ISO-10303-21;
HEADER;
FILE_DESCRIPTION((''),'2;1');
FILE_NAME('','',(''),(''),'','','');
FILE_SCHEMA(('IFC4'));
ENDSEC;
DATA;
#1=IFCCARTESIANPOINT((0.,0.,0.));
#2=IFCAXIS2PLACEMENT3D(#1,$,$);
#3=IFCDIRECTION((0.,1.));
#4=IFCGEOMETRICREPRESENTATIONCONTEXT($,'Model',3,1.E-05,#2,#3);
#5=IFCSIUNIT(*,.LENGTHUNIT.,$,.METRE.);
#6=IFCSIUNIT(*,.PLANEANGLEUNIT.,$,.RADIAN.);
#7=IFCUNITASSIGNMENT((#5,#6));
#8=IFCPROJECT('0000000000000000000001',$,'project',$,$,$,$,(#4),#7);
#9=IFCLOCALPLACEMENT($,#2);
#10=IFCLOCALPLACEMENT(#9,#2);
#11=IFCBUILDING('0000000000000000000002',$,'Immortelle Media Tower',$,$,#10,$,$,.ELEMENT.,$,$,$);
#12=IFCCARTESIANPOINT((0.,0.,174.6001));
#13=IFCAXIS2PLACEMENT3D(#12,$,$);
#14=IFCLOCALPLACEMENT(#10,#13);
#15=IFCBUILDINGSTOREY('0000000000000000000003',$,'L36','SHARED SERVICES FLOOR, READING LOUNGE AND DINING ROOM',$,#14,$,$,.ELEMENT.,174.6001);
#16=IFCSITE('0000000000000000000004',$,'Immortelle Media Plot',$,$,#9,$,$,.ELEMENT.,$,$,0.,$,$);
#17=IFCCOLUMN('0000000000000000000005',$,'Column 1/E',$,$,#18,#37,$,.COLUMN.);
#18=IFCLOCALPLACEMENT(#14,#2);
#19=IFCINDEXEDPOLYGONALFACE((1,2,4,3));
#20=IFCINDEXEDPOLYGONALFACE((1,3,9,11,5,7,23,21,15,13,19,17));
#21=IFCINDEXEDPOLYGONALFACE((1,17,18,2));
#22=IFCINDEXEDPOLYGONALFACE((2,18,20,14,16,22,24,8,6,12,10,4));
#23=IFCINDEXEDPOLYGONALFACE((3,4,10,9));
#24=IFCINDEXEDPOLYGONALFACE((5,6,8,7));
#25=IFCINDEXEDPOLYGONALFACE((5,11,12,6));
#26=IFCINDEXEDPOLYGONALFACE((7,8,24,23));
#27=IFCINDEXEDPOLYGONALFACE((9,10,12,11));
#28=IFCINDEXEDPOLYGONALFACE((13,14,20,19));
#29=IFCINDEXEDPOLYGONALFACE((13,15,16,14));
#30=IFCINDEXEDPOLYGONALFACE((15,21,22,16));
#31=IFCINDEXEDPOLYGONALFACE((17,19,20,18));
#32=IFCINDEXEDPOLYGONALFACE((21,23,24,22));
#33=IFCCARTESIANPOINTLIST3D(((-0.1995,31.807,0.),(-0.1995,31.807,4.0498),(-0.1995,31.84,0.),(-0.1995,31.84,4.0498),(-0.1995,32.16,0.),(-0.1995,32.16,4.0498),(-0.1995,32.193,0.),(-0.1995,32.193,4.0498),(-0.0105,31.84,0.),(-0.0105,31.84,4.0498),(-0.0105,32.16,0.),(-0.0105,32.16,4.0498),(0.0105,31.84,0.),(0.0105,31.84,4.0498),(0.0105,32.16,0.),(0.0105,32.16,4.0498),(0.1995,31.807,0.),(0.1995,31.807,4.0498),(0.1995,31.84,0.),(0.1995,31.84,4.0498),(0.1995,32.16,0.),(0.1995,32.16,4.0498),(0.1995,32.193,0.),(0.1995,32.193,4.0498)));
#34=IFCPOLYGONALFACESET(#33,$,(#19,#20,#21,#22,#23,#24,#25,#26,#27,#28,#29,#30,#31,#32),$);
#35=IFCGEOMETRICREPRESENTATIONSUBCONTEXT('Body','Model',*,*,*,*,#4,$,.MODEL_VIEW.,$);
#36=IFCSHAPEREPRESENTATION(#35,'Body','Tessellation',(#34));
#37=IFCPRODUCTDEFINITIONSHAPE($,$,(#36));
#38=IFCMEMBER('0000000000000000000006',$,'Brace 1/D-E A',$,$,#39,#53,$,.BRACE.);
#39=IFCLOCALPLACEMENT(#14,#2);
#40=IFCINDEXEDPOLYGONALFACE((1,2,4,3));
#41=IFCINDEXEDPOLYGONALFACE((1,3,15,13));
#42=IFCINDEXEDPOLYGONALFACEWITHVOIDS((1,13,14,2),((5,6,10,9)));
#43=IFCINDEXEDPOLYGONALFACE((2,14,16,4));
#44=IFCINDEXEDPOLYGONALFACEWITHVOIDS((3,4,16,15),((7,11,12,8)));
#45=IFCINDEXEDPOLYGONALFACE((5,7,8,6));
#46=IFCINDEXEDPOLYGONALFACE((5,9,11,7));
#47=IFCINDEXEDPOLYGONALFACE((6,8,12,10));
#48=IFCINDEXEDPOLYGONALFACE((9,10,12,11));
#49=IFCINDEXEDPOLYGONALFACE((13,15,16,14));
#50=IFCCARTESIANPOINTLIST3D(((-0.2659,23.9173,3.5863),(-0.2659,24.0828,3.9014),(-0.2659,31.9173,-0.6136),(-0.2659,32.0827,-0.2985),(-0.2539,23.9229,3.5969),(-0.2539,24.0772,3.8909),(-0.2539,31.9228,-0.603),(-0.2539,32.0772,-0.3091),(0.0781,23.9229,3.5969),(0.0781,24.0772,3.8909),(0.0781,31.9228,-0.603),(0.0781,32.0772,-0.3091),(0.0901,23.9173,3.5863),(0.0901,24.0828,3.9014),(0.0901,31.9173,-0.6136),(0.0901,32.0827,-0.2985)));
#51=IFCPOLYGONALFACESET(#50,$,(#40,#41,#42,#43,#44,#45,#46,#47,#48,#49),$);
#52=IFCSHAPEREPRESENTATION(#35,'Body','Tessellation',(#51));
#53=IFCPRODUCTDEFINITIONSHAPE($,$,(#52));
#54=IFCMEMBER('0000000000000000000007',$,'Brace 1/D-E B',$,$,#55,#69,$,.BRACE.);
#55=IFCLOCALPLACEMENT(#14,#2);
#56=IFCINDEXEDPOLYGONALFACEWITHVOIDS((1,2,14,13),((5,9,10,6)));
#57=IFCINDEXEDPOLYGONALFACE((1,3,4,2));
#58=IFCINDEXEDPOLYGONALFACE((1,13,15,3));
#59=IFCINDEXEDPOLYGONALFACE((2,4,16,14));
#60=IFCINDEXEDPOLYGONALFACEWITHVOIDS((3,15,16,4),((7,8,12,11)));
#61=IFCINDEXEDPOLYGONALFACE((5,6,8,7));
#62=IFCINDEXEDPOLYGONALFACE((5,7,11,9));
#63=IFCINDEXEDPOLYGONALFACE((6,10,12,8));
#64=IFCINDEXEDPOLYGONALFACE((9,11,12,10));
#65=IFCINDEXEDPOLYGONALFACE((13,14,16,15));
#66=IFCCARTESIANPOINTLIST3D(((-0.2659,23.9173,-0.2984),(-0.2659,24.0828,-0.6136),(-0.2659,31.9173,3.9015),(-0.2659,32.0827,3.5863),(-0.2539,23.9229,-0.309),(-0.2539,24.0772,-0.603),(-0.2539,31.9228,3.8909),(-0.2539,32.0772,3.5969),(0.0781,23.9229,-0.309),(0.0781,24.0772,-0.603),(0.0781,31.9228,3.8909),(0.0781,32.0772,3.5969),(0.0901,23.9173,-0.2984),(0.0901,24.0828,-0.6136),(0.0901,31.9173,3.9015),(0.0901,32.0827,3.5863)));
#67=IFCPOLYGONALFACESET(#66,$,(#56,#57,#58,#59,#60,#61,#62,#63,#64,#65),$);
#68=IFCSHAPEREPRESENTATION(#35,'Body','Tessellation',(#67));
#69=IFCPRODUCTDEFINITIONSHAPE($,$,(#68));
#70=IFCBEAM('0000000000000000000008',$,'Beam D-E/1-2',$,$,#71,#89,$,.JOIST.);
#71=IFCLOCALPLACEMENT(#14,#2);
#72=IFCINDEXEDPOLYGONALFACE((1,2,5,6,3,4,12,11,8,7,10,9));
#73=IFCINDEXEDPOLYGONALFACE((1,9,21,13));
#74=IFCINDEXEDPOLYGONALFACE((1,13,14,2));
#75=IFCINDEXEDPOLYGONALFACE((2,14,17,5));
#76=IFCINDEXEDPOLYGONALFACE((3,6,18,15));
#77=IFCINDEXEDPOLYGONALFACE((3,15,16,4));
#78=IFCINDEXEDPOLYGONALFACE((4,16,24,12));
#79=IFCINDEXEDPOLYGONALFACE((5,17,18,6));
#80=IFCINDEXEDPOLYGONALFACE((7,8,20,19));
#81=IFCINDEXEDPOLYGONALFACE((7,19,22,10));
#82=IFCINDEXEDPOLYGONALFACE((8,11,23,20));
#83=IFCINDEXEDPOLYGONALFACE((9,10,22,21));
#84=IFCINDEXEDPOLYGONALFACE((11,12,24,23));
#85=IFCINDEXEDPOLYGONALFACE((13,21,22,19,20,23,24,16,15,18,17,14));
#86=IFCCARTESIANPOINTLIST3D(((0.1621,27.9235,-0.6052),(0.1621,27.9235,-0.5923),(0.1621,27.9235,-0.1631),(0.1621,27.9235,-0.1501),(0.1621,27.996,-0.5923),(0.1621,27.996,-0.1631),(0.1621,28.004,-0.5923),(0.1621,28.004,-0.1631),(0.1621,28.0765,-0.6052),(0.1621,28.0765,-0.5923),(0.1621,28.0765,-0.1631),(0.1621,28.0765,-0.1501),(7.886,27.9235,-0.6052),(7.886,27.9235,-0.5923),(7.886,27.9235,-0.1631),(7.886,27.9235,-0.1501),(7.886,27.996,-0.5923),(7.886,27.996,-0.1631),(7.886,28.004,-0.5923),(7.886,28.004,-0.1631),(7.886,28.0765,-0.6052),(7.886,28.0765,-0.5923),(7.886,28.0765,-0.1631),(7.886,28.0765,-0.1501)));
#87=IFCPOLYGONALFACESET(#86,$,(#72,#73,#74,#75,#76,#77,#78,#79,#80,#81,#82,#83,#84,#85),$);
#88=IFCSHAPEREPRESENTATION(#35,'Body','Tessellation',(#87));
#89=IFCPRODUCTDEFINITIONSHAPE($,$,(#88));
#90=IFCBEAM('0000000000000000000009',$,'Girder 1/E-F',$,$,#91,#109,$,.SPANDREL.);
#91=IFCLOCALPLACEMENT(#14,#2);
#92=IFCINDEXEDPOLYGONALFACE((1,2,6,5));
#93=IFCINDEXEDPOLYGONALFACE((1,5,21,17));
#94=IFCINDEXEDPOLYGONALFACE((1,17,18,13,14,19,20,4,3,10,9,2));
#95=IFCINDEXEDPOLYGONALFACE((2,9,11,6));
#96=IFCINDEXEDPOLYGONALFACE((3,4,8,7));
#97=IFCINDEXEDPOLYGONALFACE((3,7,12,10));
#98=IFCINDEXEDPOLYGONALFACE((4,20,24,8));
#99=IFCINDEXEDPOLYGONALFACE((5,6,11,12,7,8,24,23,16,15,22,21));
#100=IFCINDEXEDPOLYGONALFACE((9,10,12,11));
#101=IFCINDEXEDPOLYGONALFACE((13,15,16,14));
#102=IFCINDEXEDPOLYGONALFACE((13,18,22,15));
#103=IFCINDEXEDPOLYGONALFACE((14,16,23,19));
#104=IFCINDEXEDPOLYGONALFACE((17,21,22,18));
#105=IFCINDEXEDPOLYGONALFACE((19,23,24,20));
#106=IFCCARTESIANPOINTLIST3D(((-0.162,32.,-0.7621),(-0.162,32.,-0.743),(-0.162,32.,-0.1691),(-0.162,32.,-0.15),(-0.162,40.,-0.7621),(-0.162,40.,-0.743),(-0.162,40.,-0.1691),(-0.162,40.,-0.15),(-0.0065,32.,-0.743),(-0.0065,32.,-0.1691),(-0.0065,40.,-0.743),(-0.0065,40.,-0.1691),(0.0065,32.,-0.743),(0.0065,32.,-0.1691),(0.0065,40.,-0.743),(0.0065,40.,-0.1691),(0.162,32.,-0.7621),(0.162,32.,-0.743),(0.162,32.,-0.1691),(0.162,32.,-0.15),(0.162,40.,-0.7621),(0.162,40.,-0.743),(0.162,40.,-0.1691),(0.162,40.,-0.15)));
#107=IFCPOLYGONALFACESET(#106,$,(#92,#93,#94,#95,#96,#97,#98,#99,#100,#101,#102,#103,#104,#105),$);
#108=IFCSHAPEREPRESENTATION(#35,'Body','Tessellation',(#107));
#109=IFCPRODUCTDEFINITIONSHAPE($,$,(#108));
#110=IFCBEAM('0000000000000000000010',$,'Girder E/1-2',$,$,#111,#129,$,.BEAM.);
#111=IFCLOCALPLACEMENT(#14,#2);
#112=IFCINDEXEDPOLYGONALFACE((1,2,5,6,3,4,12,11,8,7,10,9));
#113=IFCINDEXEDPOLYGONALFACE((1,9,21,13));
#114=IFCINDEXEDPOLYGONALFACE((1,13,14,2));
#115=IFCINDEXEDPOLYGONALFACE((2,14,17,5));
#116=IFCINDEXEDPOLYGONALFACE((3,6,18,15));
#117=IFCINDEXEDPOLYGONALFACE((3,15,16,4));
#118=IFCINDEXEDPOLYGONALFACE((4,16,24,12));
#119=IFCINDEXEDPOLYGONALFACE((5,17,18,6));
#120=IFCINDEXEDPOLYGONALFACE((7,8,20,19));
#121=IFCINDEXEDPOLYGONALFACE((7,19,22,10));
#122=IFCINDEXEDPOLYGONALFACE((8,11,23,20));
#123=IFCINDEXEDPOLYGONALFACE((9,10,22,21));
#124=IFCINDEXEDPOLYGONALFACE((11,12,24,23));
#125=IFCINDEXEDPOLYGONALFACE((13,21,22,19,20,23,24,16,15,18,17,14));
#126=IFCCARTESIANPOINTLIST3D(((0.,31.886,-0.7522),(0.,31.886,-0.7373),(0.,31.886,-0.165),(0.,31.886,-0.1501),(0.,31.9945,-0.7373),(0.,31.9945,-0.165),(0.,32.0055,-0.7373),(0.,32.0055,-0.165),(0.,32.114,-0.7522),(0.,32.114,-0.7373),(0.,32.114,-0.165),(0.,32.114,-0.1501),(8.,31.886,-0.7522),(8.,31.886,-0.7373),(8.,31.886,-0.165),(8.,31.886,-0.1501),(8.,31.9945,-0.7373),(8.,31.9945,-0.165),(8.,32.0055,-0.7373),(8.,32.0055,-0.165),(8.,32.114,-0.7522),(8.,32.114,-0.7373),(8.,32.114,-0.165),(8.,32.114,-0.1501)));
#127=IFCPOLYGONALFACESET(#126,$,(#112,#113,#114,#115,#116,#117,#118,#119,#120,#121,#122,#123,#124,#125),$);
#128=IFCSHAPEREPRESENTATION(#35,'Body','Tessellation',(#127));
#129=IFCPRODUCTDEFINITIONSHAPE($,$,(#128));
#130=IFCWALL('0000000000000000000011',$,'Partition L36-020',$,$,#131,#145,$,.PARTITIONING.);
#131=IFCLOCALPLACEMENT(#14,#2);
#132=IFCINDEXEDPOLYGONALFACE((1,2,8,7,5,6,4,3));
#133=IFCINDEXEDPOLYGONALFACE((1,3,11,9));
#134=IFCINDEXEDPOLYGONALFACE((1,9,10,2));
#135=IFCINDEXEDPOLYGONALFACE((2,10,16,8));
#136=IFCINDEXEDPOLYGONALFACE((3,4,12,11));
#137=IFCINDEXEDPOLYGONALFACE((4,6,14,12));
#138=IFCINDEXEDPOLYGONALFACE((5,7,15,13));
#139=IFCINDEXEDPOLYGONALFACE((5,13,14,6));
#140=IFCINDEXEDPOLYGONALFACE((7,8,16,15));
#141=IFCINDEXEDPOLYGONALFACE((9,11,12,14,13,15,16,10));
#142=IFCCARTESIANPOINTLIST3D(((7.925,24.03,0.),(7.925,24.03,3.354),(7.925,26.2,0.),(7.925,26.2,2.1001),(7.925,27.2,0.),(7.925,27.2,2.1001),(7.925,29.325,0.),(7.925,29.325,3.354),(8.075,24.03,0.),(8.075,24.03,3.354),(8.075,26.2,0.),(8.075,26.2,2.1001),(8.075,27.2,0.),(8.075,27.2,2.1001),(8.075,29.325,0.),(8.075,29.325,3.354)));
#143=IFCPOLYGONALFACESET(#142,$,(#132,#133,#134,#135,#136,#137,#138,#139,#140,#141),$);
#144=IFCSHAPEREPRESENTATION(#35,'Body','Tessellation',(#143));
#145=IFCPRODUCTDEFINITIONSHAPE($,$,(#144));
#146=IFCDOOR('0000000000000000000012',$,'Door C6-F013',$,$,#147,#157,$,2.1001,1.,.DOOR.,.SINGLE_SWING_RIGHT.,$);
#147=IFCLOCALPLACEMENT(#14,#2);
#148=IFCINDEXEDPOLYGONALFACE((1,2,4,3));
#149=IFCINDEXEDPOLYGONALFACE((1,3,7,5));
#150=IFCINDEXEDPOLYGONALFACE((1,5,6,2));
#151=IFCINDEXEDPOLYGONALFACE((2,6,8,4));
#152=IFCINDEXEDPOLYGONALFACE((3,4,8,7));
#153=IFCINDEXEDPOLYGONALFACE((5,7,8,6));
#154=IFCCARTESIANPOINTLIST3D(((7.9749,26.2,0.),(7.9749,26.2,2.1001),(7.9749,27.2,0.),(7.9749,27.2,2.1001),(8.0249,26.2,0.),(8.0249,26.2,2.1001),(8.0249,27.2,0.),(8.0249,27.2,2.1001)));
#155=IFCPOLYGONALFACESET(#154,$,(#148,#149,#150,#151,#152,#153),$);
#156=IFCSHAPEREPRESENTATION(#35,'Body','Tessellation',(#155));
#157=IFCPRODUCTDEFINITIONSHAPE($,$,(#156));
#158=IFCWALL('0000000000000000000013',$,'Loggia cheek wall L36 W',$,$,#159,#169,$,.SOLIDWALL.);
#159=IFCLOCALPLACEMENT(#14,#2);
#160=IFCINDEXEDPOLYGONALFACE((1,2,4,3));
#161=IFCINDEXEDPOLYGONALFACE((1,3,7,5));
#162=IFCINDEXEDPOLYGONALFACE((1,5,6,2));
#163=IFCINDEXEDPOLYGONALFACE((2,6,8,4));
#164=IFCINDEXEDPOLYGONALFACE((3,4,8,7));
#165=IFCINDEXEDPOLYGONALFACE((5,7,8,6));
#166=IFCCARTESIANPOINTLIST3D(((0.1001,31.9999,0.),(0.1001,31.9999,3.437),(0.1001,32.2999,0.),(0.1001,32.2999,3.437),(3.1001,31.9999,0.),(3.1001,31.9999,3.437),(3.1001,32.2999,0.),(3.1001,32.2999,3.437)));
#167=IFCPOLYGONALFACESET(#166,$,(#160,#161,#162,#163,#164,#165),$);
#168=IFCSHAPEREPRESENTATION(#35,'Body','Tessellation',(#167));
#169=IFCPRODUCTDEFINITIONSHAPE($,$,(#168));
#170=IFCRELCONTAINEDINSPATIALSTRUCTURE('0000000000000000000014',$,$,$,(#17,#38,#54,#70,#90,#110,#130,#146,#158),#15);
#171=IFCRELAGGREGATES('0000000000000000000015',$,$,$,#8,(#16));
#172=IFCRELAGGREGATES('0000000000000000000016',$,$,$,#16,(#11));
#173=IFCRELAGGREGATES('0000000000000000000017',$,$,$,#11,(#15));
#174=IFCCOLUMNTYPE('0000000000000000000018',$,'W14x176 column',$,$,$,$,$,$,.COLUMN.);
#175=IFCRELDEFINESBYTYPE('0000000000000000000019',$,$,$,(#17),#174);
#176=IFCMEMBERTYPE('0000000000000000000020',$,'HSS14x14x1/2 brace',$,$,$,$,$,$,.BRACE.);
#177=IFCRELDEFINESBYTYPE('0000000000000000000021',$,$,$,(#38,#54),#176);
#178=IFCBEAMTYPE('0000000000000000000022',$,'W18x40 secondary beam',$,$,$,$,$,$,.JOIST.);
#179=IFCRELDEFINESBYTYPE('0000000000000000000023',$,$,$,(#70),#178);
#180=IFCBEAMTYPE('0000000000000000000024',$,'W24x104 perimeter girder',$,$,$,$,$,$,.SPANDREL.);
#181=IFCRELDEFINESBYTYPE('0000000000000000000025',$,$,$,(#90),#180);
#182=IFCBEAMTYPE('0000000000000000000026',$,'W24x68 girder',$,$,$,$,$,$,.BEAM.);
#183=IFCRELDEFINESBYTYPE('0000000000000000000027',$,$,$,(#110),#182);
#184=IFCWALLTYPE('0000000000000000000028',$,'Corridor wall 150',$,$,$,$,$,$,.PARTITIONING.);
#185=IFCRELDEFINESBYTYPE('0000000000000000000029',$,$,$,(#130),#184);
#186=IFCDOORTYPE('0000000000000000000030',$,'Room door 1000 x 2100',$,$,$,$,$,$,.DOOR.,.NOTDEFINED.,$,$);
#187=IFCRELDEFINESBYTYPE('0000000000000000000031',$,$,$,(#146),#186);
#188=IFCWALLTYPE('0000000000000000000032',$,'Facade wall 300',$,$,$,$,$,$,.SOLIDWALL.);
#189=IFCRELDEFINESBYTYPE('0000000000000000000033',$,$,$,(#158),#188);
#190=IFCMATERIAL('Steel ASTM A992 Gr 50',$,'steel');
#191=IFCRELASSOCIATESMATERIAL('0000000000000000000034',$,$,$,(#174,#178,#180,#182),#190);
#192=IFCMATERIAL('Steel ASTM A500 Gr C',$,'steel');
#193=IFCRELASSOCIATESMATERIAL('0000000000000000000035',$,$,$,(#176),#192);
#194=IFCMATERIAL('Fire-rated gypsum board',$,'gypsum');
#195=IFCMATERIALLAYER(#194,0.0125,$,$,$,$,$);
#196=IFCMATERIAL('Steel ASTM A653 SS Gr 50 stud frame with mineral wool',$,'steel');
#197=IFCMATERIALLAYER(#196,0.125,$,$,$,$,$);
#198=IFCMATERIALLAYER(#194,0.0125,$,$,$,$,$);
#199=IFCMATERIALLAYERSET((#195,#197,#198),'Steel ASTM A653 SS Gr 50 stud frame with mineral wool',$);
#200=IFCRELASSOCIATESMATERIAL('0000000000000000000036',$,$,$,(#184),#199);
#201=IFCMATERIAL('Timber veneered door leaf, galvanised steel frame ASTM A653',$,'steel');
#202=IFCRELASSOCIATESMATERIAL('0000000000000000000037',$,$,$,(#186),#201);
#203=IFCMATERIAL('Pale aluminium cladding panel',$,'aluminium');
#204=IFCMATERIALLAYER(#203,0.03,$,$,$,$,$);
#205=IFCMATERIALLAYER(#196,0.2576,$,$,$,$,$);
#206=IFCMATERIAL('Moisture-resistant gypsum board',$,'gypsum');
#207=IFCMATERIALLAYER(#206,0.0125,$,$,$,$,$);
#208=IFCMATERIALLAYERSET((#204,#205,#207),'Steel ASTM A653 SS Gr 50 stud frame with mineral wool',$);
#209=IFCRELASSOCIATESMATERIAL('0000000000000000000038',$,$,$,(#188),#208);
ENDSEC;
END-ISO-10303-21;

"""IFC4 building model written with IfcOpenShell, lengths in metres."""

from ifc_helpers import new_model, si_unit, direction, frame, frame_2d, origin, origin_2d, place, context, subcontext, project, spatial, rectangle, hollow_rectangle, i_section, extrude, material, layer, layer_set, material_profile, profile_set, type_object, element, fill, save


model = new_model("IFC4")

# Units and contexts
model_context = context("Model", 3, precision=1e-05, world=origin(), true_north=direction((0.0, 1.0)))
body_context = subcontext(model_context, "Body", "Model", "MODEL_VIEW")
ifc_project = project(units=[si_unit("LENGTHUNIT", "METRE"), si_unit("PLANEANGLEUNIT", "RADIAN")], contexts=[model_context])

# Site, building, storey
site_placement = place(None, origin())
site = spatial("IfcSite", under=ifc_project, at=site_placement, Name="Immortelle Media Plot", CompositionType="ELEMENT", RefElevation=0.0)
building_placement = place(site_placement, origin())
building = spatial("IfcBuilding", under=site, at=building_placement, Name="Immortelle Media Tower", CompositionType="ELEMENT")
storey_placement = place(building_placement, frame((0.0, 0.0, 174.6001)))
storey = spatial("IfcBuildingStorey", under=building, at=storey_placement, Name="L36", Description="SHARED SERVICES FLOOR, READING LOUNGE AND DINING ROOM", CompositionType="ELEMENT", Elevation=174.6001)

# Column
ifc_material_1 = material(Name="Steel ASTM A992 Gr 50", Category="steel")
ifc_material_profile_1 = material_profile(ifc_material_1, i_section(OverallWidth=0.3989, OverallDepth=0.386, WebThickness=0.021, FlangeThickness=0.033, at=origin_2d()), Name="W14x176")
ifc_profile_set_1 = profile_set([ifc_material_profile_1], Name="Steel ASTM A992 Gr 50")
column_type = type_object("IfcColumnType", Name="W14x176 column", PredefinedType="COLUMN", material=ifc_profile_set_1)
column_placement = place(storey_placement, frame((0.0, 32.0, 0.0), z_axis=(0.0, 0.0, 1.0), x_axis=(1.0, 0.0, 0.0)))
element("IfcColumn", 1, at=column_placement, inside=storey, type_object=column_type, Name="Column 1/E", PredefinedType="COLUMN", context=body_context, shape_type="SweptSolid", body=[
    extrude(i_section(OverallWidth=0.3989, OverallDepth=0.386, WebThickness=0.021, FlangeThickness=0.033, at=origin_2d()), origin(), (0.0, 0.0, 1.0), 4.0498),
])

# Members
ifc_material_2 = material(Name="Steel ASTM A500 Gr C", Category="steel")
ifc_material_profile_2 = material_profile(ifc_material_2, hollow_rectangle(XDim=0.356, YDim=0.356, WallThickness=0.012, at=origin_2d()), Name="HSS14x14x1/2 brace")
ifc_profile_set_2 = profile_set([ifc_material_profile_2], Name="Steel ASTM A500 Gr C")
member_type = type_object("IfcMemberType", Name="HSS14x14x1/2 brace", PredefinedType="BRACE", material=ifc_profile_set_2)
for number, where, z_axis, x_axis, name in (
    (2, (-0.0879, 32.0, -0.4561), (0.0, -0.8854, 0.46483), (1.0, 0.0, 0.0), "Brace 1/D-E A"),
    (3, (-0.0879, 32.0, 3.7439), (0.0, -0.8854, -0.46483), (1.0, 0.0, 0.0), "Brace 1/D-E B"),
):
    element("IfcMember", number, at=place(storey_placement, frame(where, z_axis=z_axis, x_axis=x_axis)), inside=storey, type_object=member_type, Name=name, PredefinedType="BRACE", context=body_context, shape_type="SweptSolid", body=[
        extrude(hollow_rectangle(XDim=0.356, YDim=0.356, WallThickness=0.012, at=origin_2d()), origin(), (0.0, 0.0, 1.0), 9.0354),
    ])

# Beams
ifc_material_profile_3 = material_profile(ifc_material_1, i_section(OverallWidth=0.1531, OverallDepth=0.4551, WebThickness=0.0081, FlangeThickness=0.0129, at=origin_2d()), Name="W18x40")
ifc_profile_set_3 = profile_set([ifc_material_profile_3], Name="Steel ASTM A992 Gr 50")
beam_type_1 = type_object("IfcBeamType", Name="W18x40 secondary beam", PredefinedType="JOIST", material=ifc_profile_set_3)
beam_1_placement = place(storey_placement, frame((0.1621, 28.0, -0.3777), z_axis=(1.0, 0.0, 0.0), x_axis=(0.0, 1.0, 0.0)))
element("IfcBeam", 4, at=beam_1_placement, inside=storey, type_object=beam_type_1, Name="Beam D-E/1-2", PredefinedType="JOIST", context=body_context, shape_type="SweptSolid", body=[
    extrude(i_section(OverallWidth=0.1531, OverallDepth=0.4551, WebThickness=0.0081, FlangeThickness=0.0129, at=origin_2d()), origin(), (0.0, 0.0, 1.0), 7.7239),
])
ifc_material_profile_4 = material_profile(ifc_material_1, i_section(OverallWidth=0.324, OverallDepth=0.6121, WebThickness=0.0129, FlangeThickness=0.019, at=origin_2d()), Name="W24x104")
ifc_profile_set_4 = profile_set([ifc_material_profile_4], Name="Steel ASTM A992 Gr 50")
beam_type_2 = type_object("IfcBeamType", Name="W24x104 perimeter girder", PredefinedType="SPANDREL", material=ifc_profile_set_4)
beam_2_placement = place(storey_placement, frame((0.0, 32.0, -0.4561), z_axis=(0.0, 1.0, 0.0), x_axis=(-1.0, 0.0, 0.0)))
element("IfcBeam", 5, at=beam_2_placement, inside=storey, type_object=beam_type_2, Name="Girder 1/E-F", PredefinedType="SPANDREL", context=body_context, shape_type="SweptSolid", body=[
    extrude(i_section(OverallWidth=0.324, OverallDepth=0.6121, WebThickness=0.0129, FlangeThickness=0.019, at=origin_2d()), origin(), (0.0, 0.0, 1.0), 8.0),
])
ifc_material_profile_5 = material_profile(ifc_material_1, i_section(OverallWidth=0.228, OverallDepth=0.6021, WebThickness=0.011, FlangeThickness=0.0149, at=origin_2d()), Name="W24x68")
ifc_profile_set_5 = profile_set([ifc_material_profile_5], Name="Steel ASTM A992 Gr 50")
beam_type_3 = type_object("IfcBeamType", Name="W24x68 girder", PredefinedType="BEAM", material=ifc_profile_set_5)
beam_3_placement = place(storey_placement, frame((0.0, 32.0, -0.4512), z_axis=(1.0, 0.0, 0.0), x_axis=(0.0, 1.0, 0.0)))
element("IfcBeam", 6, at=beam_3_placement, inside=storey, type_object=beam_type_3, Name="Girder E/1-2", PredefinedType="BEAM", context=body_context, shape_type="SweptSolid", body=[
    extrude(i_section(OverallWidth=0.228, OverallDepth=0.6021, WebThickness=0.011, FlangeThickness=0.0149, at=origin_2d()), origin(), (0.0, 0.0, 1.0), 8.0),
])

# Wall, opening, door
ifc_material_3 = material(Name="Fire-rated gypsum board", Category="gypsum")
ifc_layer_1 = layer(ifc_material_3, 0.0125)
ifc_material_4 = material(Name="Steel ASTM A653 SS Gr 50 stud frame with mineral wool", Category="steel")
ifc_layer_2 = layer(ifc_material_4, 0.125)
ifc_layer_3 = layer(ifc_material_3, 0.0125)
ifc_layer_set_1 = layer_set([ifc_layer_1, ifc_layer_2, ifc_layer_3], Name="Steel ASTM A653 SS Gr 50 stud frame with mineral wool")
wall_type_1 = type_object("IfcWallType", Name="Corridor wall 150", PredefinedType="PARTITIONING", material=ifc_layer_set_1)
wall_1_placement = place(storey_placement, frame((8.0, 24.03, 0.0), z_axis=(0.0, 0.0, 1.0), x_axis=(0.0, 1.0, 0.0)))
wall_1 = element("IfcWall", 7, at=wall_1_placement, inside=storey, type_object=wall_type_1, Name="Partition L36-020", PredefinedType="PARTITIONING", context=body_context, shape_type="SweptSolid", body=[
    extrude(rectangle(XDim=5.2949, YDim=0.1499, at=frame_2d((2.6475, 0.0))), origin(), (0.0, 0.0, 1.0), 3.354),
])
opening_placement = place(wall_1_placement, frame((3.1699, 0.0, 0.0), z_axis=(0.0, 0.0, 1.0), x_axis=(-1.0, 0.0, 0.0)))
opening = element("IfcOpeningElement", 8, at=opening_placement, cuts=wall_1, PredefinedType="OPENING", context=body_context, shape_type="SweptSolid", body=[
    extrude(rectangle(XDim=1.0, YDim=2.1001, at=frame_2d((0.5, 1.05))), frame((0.0, 0.085, 0.0), z_axis=(0.0, -1.0, 0.0), x_axis=(1.0, 0.0, 0.0)), (0.0, 0.0, 1.0), 0.1699),
])
ifc_material_5 = material(Name="Timber veneered door leaf, galvanised steel frame ASTM A653", Category="steel")
door_type = type_object("IfcDoorType", Name="Room door 1000 x 2100", OperationType="NOTDEFINED", PredefinedType="DOOR", material=ifc_material_5)
door_placement = place(opening_placement, origin())
door = element("IfcDoor", 9, at=door_placement, inside=storey, type_object=door_type, Name="Door C6-F013", OperationType="SINGLE_SWING_RIGHT", OverallHeight=2.1001, OverallWidth=1.0, PredefinedType="DOOR", context=body_context, shape_type="SweptSolid", body=[
    extrude(rectangle(XDim=1.0, YDim=2.1001, at=frame_2d((0.5, 1.05))), frame((0.0, 0.0249, 0.0), z_axis=(0.0, -1.0, 0.0), x_axis=(1.0, 0.0, 0.0)), (0.0, 0.0, 1.0), 0.05),
])
fill(opening, door)

# Wall
ifc_material_6 = material(Name="Pale aluminium cladding panel", Category="aluminium")
ifc_layer_4 = layer(ifc_material_6, 0.03)
ifc_layer_5 = layer(ifc_material_4, 0.2576)
ifc_material_7 = material(Name="Moisture-resistant gypsum board", Category="gypsum")
ifc_layer_6 = layer(ifc_material_7, 0.0125)
ifc_layer_set_2 = layer_set([ifc_layer_4, ifc_layer_5, ifc_layer_6], Name="Steel ASTM A653 SS Gr 50 stud frame with mineral wool")
wall_type_2 = type_object("IfcWallType", Name="Facade wall 300", PredefinedType="SOLIDWALL", material=ifc_layer_set_2)
wall_2_placement = place(storey_placement, frame((0.1001, 32.1499, 0.0), z_axis=(0.0, 0.0, 1.0), x_axis=(1.0, 0.0, 0.0)))
element("IfcWall", 10, at=wall_2_placement, inside=storey, type_object=wall_type_2, Name="Loggia cheek wall L36 W", PredefinedType="SOLIDWALL", context=body_context, shape_type="SweptSolid", body=[
    extrude(rectangle(XDim=3.0, YDim=0.3, at=frame_2d((1.5, 0.0))), origin(), (0.0, 0.0, 1.0), 3.437),
])

save(model, "model.ifc")
